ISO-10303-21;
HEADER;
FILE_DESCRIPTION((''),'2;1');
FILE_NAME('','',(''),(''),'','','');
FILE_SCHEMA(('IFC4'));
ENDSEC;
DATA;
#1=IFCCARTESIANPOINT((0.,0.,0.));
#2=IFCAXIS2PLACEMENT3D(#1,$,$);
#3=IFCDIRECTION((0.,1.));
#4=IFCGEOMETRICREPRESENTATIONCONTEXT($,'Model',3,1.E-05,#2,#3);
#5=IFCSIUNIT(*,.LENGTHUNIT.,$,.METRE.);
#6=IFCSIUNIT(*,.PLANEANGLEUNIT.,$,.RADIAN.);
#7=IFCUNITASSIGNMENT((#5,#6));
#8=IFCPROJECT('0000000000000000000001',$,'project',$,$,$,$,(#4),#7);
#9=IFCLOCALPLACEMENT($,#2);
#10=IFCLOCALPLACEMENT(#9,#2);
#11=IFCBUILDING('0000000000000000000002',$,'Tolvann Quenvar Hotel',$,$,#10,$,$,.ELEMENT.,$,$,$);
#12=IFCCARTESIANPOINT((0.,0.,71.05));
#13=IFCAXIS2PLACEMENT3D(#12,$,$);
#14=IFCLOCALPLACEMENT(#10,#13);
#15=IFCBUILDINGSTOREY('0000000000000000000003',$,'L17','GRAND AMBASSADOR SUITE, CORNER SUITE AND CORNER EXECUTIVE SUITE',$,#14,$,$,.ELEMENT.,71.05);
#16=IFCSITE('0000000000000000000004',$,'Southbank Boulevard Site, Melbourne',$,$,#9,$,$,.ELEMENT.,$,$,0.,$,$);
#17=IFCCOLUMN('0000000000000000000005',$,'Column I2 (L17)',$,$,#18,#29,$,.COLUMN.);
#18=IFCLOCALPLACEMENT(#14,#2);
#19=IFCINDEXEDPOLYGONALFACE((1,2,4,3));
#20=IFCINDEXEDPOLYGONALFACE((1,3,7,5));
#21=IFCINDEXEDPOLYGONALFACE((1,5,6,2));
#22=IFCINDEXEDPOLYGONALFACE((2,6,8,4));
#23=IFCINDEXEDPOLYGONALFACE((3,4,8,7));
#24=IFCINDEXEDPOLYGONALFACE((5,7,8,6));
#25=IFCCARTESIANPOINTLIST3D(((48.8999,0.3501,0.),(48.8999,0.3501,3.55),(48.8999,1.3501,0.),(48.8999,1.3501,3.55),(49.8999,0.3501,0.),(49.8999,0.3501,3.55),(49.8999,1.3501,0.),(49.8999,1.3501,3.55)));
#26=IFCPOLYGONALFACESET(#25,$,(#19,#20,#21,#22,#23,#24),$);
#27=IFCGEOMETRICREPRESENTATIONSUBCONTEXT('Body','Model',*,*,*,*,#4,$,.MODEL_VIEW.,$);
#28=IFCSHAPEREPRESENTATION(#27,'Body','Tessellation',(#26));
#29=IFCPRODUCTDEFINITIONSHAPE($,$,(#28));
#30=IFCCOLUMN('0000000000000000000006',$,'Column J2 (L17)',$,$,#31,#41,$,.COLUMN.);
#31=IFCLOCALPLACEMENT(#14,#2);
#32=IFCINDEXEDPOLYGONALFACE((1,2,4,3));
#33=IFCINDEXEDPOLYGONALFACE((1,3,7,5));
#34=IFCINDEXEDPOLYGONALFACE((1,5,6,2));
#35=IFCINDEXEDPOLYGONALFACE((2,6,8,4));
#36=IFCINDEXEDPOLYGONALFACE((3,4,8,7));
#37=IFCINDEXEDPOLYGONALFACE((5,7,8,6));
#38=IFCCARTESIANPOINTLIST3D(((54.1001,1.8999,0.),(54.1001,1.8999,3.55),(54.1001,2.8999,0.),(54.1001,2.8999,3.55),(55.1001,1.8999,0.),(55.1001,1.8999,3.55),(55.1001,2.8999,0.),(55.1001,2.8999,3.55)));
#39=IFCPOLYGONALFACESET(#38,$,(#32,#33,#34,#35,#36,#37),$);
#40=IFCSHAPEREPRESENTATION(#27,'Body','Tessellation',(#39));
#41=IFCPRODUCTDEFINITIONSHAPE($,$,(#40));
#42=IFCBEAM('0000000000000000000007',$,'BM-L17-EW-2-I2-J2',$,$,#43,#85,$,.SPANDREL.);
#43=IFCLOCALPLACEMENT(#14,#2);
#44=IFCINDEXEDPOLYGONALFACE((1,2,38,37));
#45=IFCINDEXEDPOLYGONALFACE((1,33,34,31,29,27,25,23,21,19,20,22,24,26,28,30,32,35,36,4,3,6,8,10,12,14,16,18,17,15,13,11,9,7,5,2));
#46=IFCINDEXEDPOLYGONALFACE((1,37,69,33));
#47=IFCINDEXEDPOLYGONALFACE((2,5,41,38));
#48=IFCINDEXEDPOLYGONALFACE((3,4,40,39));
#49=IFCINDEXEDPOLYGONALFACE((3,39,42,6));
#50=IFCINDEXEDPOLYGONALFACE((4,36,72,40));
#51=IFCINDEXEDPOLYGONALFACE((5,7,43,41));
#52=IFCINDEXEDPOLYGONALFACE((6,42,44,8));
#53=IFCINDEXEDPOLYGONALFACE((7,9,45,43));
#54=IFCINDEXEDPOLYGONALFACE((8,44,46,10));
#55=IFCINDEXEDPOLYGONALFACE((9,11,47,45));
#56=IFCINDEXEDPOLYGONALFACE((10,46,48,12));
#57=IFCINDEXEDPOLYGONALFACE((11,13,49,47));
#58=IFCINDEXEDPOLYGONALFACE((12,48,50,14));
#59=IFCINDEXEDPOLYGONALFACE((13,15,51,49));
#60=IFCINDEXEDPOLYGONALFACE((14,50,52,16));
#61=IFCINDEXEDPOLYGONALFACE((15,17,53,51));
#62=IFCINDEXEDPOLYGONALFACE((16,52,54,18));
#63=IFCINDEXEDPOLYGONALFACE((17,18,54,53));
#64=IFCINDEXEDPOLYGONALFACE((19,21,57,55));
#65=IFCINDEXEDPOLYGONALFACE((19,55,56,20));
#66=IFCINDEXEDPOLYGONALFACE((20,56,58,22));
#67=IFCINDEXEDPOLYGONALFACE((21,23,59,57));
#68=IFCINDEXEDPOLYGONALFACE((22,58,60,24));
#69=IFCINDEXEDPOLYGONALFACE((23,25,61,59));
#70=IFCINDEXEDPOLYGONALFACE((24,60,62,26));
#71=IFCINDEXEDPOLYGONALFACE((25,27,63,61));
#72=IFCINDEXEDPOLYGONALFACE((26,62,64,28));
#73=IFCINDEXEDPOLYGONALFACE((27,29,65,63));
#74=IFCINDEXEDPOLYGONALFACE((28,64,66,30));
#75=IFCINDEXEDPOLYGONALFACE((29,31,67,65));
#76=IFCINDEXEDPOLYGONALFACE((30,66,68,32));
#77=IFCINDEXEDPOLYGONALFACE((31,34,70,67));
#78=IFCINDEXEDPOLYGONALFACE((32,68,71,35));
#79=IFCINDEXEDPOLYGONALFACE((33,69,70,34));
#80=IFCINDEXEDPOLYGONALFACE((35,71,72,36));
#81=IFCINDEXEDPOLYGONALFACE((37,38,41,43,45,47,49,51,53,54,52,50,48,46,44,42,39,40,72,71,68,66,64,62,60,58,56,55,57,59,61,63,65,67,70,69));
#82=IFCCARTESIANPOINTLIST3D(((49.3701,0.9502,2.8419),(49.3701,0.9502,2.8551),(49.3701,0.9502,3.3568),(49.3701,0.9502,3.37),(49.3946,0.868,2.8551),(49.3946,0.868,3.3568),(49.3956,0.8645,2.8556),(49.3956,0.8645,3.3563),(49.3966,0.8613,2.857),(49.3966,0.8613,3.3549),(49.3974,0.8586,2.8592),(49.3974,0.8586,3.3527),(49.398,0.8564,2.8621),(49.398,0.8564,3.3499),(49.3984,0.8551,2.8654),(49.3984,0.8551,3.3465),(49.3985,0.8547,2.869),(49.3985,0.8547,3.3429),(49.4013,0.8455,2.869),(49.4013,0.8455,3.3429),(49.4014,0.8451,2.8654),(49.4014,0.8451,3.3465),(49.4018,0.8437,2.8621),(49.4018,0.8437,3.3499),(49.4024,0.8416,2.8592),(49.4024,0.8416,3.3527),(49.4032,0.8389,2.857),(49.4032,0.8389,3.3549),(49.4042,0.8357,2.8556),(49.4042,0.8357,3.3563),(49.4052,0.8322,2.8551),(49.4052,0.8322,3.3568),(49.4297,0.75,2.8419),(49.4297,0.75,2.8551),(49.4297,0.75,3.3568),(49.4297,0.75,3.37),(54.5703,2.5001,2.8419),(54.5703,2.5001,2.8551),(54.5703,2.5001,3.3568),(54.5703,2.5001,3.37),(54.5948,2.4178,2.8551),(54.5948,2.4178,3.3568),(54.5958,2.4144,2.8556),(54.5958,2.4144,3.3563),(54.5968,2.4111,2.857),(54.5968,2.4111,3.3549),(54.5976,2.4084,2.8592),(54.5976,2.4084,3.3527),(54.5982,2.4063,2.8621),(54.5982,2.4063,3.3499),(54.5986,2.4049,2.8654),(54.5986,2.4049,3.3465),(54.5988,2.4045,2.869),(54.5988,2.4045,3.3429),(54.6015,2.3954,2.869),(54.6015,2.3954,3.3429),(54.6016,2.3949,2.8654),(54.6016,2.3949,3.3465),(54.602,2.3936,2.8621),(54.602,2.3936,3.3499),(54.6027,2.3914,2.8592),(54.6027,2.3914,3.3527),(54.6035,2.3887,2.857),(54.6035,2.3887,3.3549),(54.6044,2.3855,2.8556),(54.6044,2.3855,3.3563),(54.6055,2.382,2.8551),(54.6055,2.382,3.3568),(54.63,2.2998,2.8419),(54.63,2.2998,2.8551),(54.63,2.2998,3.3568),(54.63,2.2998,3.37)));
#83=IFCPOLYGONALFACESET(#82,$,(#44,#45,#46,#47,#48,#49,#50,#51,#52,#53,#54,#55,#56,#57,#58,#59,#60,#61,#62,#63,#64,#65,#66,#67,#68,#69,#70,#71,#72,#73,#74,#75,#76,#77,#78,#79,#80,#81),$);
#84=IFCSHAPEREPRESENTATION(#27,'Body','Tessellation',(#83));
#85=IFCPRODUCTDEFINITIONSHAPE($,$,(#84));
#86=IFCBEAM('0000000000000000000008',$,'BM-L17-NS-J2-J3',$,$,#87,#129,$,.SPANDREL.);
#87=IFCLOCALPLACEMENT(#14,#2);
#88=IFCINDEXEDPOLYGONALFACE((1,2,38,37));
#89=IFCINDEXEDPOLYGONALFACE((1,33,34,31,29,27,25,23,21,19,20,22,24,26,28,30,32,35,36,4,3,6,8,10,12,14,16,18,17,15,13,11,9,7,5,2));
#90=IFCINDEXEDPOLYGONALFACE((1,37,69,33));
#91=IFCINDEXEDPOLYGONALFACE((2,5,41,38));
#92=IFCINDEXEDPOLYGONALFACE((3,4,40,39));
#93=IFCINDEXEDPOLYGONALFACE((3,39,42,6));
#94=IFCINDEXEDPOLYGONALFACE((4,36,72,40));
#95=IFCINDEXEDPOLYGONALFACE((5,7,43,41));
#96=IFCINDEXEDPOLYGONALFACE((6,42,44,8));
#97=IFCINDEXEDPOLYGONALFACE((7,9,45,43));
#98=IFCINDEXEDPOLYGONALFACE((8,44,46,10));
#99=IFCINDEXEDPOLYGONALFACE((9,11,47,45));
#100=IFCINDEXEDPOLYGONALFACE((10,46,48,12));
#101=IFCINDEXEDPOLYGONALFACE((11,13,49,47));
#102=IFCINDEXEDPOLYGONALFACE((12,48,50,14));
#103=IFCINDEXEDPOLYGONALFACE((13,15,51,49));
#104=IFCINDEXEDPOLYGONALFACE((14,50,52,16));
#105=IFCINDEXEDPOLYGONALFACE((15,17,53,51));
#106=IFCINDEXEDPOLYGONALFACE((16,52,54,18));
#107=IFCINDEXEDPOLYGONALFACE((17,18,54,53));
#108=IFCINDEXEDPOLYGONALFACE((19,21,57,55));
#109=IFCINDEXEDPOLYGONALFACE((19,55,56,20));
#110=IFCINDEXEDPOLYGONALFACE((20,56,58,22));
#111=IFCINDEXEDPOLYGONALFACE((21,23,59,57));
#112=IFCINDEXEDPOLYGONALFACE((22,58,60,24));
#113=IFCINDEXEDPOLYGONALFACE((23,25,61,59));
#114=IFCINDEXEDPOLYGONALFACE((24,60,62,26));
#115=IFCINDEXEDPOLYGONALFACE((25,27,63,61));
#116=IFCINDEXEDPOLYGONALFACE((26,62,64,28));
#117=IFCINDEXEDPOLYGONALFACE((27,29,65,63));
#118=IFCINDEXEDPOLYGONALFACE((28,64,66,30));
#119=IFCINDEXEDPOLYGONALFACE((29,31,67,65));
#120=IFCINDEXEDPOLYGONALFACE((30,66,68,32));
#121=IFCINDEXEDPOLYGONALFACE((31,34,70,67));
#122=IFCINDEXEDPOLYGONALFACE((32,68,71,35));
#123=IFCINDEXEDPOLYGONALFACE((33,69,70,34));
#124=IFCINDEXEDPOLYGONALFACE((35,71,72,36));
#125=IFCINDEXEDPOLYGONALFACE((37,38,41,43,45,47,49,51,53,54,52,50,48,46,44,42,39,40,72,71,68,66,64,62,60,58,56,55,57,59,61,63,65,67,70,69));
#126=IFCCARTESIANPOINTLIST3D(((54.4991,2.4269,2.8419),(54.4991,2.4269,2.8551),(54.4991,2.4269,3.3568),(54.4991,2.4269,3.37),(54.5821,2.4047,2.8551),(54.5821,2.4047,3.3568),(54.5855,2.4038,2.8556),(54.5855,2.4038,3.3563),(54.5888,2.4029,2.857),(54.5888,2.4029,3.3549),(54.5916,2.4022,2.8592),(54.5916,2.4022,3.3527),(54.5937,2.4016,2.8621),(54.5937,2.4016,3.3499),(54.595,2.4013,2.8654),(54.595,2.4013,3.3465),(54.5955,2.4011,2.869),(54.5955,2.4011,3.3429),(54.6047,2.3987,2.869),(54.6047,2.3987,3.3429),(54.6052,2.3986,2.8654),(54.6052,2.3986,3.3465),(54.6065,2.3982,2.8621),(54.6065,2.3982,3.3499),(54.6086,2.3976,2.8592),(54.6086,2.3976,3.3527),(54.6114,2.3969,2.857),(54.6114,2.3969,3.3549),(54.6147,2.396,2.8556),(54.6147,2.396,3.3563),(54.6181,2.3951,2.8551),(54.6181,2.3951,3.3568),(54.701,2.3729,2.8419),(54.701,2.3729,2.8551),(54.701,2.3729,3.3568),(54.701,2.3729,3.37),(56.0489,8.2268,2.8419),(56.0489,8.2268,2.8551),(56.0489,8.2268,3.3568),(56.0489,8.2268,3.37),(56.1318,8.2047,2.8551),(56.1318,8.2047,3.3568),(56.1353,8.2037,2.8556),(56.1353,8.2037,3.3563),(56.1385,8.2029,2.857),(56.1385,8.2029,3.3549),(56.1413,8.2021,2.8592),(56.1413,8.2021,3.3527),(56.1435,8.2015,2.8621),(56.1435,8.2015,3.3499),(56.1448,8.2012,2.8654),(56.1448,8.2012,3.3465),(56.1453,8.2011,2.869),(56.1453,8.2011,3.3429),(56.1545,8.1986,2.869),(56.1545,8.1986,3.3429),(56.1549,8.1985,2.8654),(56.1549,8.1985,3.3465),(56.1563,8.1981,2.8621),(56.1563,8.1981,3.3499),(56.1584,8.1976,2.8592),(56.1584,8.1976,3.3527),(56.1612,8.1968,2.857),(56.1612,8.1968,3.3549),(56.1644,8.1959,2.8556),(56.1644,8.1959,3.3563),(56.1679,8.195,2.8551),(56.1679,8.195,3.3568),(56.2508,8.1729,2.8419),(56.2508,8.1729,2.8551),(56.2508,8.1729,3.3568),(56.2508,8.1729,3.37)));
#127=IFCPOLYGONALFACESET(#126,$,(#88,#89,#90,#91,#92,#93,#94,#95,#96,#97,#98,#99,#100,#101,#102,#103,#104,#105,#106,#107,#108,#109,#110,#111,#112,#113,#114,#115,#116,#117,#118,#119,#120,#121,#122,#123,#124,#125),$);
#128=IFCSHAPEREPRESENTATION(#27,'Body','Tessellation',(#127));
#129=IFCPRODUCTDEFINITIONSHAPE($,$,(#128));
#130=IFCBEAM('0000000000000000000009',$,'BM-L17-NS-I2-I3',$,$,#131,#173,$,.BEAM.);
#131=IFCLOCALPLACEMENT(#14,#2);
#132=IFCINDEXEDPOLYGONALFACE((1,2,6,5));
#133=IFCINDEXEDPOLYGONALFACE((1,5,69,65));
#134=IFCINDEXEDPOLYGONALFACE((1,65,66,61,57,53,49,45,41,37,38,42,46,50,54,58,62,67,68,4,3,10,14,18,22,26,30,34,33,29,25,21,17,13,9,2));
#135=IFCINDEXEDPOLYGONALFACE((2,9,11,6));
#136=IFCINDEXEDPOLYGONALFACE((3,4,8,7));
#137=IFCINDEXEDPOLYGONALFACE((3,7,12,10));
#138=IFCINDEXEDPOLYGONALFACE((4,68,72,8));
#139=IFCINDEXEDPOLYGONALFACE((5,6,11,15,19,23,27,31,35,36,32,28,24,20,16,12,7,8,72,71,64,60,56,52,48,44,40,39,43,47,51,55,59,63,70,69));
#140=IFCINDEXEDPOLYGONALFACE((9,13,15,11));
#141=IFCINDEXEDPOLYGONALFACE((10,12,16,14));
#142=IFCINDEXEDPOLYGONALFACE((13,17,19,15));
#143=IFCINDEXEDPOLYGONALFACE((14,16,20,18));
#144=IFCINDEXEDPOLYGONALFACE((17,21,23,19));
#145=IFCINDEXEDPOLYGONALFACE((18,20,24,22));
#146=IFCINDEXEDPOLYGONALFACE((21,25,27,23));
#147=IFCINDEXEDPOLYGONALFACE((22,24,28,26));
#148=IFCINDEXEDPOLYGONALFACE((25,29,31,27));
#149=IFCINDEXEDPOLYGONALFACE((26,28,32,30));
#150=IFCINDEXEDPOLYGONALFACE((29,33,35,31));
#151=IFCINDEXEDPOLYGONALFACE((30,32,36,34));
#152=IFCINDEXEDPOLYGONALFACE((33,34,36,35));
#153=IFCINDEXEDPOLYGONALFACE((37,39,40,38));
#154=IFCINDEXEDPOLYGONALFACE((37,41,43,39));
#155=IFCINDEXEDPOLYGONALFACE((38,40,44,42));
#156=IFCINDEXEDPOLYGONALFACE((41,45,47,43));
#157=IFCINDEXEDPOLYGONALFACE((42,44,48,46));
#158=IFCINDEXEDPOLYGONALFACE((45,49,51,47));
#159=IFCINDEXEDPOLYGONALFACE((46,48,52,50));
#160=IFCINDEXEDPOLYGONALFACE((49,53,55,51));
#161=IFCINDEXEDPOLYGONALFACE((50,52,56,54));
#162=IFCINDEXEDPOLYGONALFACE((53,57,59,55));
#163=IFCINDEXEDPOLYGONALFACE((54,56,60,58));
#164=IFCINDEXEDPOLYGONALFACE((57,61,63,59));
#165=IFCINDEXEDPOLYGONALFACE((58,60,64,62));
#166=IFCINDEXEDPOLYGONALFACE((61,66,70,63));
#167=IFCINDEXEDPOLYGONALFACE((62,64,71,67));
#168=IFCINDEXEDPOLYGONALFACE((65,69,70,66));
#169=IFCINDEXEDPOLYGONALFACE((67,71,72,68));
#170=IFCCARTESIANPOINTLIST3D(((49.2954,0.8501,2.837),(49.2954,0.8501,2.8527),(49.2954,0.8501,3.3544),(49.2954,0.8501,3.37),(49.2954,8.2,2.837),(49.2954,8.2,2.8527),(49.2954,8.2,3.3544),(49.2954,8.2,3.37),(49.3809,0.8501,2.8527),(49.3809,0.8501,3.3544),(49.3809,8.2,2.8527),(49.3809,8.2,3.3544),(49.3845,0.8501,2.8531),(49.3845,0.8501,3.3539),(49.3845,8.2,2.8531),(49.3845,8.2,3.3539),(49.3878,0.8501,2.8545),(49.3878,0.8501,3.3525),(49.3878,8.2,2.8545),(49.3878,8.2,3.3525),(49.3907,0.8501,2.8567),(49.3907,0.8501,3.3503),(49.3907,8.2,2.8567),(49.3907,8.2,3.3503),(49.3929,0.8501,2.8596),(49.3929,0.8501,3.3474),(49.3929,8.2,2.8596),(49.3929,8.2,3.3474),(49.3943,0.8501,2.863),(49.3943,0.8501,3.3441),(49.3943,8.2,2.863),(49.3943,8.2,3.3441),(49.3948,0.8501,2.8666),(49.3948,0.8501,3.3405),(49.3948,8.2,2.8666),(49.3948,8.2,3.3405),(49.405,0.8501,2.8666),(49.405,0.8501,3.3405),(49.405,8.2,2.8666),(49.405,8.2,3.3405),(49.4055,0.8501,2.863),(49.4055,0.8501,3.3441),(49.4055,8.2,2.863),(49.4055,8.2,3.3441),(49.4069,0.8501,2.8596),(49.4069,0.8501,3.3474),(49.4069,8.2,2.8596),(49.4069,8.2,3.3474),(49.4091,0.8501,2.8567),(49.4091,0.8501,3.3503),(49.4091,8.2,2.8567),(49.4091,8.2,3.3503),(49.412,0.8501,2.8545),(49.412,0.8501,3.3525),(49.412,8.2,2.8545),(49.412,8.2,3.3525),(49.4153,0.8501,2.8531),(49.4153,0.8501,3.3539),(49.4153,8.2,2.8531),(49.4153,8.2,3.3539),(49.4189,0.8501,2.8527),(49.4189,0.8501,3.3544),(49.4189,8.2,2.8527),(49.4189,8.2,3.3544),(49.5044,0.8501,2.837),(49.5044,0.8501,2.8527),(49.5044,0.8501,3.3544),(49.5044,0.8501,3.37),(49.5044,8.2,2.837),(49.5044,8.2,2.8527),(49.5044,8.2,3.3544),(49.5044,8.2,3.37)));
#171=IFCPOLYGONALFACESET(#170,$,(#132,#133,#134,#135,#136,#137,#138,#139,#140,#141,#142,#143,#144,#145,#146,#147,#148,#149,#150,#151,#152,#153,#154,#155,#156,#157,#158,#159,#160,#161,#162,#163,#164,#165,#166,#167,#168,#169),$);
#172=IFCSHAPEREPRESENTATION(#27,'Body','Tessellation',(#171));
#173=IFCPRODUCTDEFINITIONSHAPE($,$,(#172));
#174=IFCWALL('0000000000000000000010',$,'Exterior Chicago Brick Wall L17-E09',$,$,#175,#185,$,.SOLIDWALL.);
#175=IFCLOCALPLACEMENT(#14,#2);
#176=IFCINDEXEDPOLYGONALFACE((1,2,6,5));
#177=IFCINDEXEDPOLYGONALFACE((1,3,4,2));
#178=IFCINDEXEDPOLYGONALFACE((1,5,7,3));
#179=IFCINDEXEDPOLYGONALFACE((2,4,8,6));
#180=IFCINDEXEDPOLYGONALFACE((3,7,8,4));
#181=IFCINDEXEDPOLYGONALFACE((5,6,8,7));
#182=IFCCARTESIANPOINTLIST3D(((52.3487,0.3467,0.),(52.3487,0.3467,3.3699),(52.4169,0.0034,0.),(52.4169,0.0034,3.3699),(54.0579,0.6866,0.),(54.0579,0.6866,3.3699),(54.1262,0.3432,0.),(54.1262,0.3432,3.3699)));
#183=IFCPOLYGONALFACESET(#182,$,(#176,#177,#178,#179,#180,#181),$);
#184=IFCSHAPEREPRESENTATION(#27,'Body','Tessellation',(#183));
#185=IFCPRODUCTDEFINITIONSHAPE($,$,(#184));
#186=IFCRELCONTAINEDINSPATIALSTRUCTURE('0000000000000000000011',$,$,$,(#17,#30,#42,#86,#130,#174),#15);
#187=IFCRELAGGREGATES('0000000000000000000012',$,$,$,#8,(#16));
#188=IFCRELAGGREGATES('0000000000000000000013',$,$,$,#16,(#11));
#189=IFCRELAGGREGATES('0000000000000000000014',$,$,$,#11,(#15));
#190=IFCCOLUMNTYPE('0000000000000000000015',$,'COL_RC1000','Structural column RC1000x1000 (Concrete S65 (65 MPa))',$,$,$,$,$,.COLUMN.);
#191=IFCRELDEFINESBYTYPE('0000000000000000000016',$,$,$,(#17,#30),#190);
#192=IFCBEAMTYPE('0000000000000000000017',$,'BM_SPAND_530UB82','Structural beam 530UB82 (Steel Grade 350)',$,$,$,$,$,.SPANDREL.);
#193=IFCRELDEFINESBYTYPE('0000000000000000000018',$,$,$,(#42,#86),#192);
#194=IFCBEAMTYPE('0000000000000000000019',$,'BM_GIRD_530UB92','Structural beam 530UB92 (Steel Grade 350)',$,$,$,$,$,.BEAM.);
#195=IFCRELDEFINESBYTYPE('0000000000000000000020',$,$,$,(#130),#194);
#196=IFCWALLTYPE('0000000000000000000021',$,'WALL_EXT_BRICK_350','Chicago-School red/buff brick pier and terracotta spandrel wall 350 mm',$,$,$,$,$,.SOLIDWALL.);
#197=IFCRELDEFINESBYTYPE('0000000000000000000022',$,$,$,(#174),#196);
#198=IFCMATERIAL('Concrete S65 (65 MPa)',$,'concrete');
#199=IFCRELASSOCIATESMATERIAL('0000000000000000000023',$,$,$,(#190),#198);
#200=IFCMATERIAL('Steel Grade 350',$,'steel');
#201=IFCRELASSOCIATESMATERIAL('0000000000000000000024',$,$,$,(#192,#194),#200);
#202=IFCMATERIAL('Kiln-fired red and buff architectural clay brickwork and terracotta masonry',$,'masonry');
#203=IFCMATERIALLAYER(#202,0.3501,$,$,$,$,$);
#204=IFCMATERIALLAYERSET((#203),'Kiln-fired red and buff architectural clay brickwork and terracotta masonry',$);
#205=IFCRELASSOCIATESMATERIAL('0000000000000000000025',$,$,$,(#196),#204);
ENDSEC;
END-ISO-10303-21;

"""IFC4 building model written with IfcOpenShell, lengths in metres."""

from ifc_helpers import new_model, si_unit, direction, frame, frame_2d, origin, origin_2d, place, context, subcontext, project, spatial, rectangle, i_section, extrude, source, transform, mapped, material, layer, layer_set, material_profile, profile_set, type_object, type_shapes, element, save


model = new_model("IFC4")

# Units and contexts
model_context = context("Model", 3, precision=1e-05, world=origin(), true_north=direction((0.0, 1.0)))
body_context = subcontext(model_context, "Body", "Model", "MODEL_VIEW")
ifc_project = project(units=[si_unit("LENGTHUNIT", "METRE"), si_unit("PLANEANGLEUNIT", "RADIAN")], contexts=[model_context])

# Site, building, storey
site_placement = place(None, origin())
site = spatial("IfcSite", under=ifc_project, at=site_placement, Name="Southbank Boulevard Site, Melbourne", CompositionType="ELEMENT", RefElevation=0.0)
building_placement = place(site_placement, origin())
building = spatial("IfcBuilding", under=site, at=building_placement, Name="Tolvann Quenvar Hotel", CompositionType="ELEMENT")
storey_placement = place(building_placement, frame((0.0, 0.0, 71.05)))
storey = spatial("IfcBuildingStorey", under=building, at=storey_placement, Name="L17", Description="GRAND AMBASSADOR SUITE, CORNER SUITE AND CORNER EXECUTIVE SUITE", CompositionType="ELEMENT", Elevation=71.05)

# Columns
ifc_material_1 = material(Name="Concrete S65 (65 MPa)", Category="concrete")
ifc_material_profile_1 = material_profile(ifc_material_1, rectangle(XDim=1.0, YDim=1.0, at=origin_2d()), Name="RC1000x1000")
ifc_profile_set_1 = profile_set([ifc_material_profile_1], Name="Concrete S65 (65 MPa)")
column_type = type_object("IfcColumnType", Name="COL_RC1000", Description="Structural column RC1000x1000 (Concrete S65 (65 MPa))", PredefinedType="COLUMN", material=ifc_profile_set_1)
shared_shape_1 = source(origin(), body_context, "Body", "SweptSolid", [
    extrude(rectangle(XDim=1.0, YDim=1.0, at=origin_2d()), origin(), (0.0, 0.0, 1.0), 3.55),
])
type_shapes(column_type, [shared_shape_1])
for number, where, z_axis, x_axis, name in (
    (1, (49.3999, 0.8501, 0.0), (0.0, 0.0, 1.0), (1.0, 0.0, 0.0), "Column I2 (L17)"),
    (2, (54.6001, 2.3999, 0.0), (0.0, 0.0, 1.0), (1.0, 0.0, 0.0), "Column J2 (L17)"),
):
    element("IfcColumn", number, at=place(storey_placement, frame(where, z_axis=z_axis, x_axis=x_axis)), inside=storey, type_object=column_type, Name=name, PredefinedType="COLUMN", context=body_context, shape_type="MappedRepresentation", body=[
        mapped(shared_shape_1, transform((0.0, 0.0, 0.0), x_axis=(1.0, 0.0, 0.0), y_axis=(0.0, 1.0, 0.0), z_axis=(0.0, 0.0, 1.0), scale=1.0)),
    ])

# Beams
ifc_material_2 = material(Name="Steel Grade 350", Category="steel")
ifc_material_profile_2 = material_profile(ifc_material_2, i_section(OverallWidth=0.209, OverallDepth=0.5281, WebThickness=0.0095, FlangeThickness=0.0132, FilletRadius=0.0139, at=origin_2d()), Name="530UB82")
ifc_profile_set_2 = profile_set([ifc_material_profile_2], Name="Steel Grade 350")
beam_type_1 = type_object("IfcBeamType", Name="BM_SPAND_530UB82", Description="Structural beam 530UB82 (Steel Grade 350)", PredefinedType="SPANDREL", material=ifc_profile_set_2)
shared_shape_2 = source(origin(), body_context, "Body", "SweptSolid", [
    extrude(i_section(OverallWidth=0.209, OverallDepth=0.5281, WebThickness=0.0095, FlangeThickness=0.0132, FilletRadius=0.0139, at=origin_2d()), origin(), (0.0, 0.0, 1.0), 5.4263),
])
beam_1_placement = place(storey_placement, frame((49.3999, 0.8501, 3.106), z_axis=(0.958345, 0.285614, 0.0), x_axis=(-0.285614, 0.958345, 0.0)))
element("IfcBeam", 3, at=beam_1_placement, inside=storey, type_object=beam_type_1, Name="BM-L17-EW-2-I2-J2", PredefinedType="SPANDREL", context=body_context, shape_type="MappedRepresentation", body=[
    mapped(shared_shape_2, transform((0.0, 0.0, 0.0), x_axis=(1.0, 0.0, 0.0), y_axis=(0.0, 1.0, 0.0), z_axis=(0.0, 0.0, 1.0), scale=1.0)),
])
shared_shape_3 = source(origin(), body_context, "Body", "SweptSolid", [
    extrude(i_section(OverallWidth=0.209, OverallDepth=0.5281, WebThickness=0.0095, FlangeThickness=0.0132, FilletRadius=0.0139, at=origin_2d()), origin(), (0.0, 0.0, 1.0), 6.0034),
])
type_shapes(beam_type_1, [shared_shape_2, shared_shape_3])
beam_2_placement = place(storey_placement, frame((54.6001, 2.3999, 3.106), z_axis=(0.258149, 0.966105, 0.0), x_axis=(-0.966105, 0.258149, 0.0)))
element("IfcBeam", 4, at=beam_2_placement, inside=storey, type_object=beam_type_1, Name="BM-L17-NS-J2-J3", PredefinedType="SPANDREL", context=body_context, shape_type="MappedRepresentation", body=[
    mapped(shared_shape_3, transform((0.0, 0.0, 0.0), x_axis=(1.0, 0.0, 0.0), y_axis=(0.0, 1.0, 0.0), z_axis=(0.0, 0.0, 1.0), scale=1.0)),
])
ifc_material_profile_3 = material_profile(ifc_material_2, i_section(OverallWidth=0.209, OverallDepth=0.533, WebThickness=0.0103, FlangeThickness=0.0156, FilletRadius=0.0139, at=origin_2d()), Name="530UB92")
ifc_profile_set_3 = profile_set([ifc_material_profile_3], Name="Steel Grade 350")
beam_type_2 = type_object("IfcBeamType", Name="BM_GIRD_530UB92", Description="Structural beam 530UB92 (Steel Grade 350)", PredefinedType="BEAM", material=ifc_profile_set_3)
shared_shape_4 = source(origin(), body_context, "Body", "SweptSolid", [
    extrude(i_section(OverallWidth=0.209, OverallDepth=0.533, WebThickness=0.0103, FlangeThickness=0.0156, FilletRadius=0.0139, at=origin_2d()), origin(), (0.0, 0.0, 1.0), 7.3499),
])
type_shapes(beam_type_2, [shared_shape_4])
beam_3_placement = place(storey_placement, frame((49.3999, 0.8501, 3.1035), z_axis=(0.0, 1.0, 0.0), x_axis=(-1.0, 0.0, 0.0)))
element("IfcBeam", 5, at=beam_3_placement, inside=storey, type_object=beam_type_2, Name="BM-L17-NS-I2-I3", PredefinedType="BEAM", context=body_context, shape_type="MappedRepresentation", body=[
    mapped(shared_shape_4, transform((0.0, 0.0, 0.0), x_axis=(1.0, 0.0, 0.0), y_axis=(0.0, 1.0, 0.0), z_axis=(0.0, 0.0, 1.0), scale=1.0)),
])

# Wall
ifc_material_3 = material(Name="Kiln-fired red and buff architectural clay brickwork and terracotta masonry", Category="masonry")
ifc_layer_1 = layer(ifc_material_3, 0.3501)
ifc_layer_set_1 = layer_set([ifc_layer_1], Name="Kiln-fired red and buff architectural clay brickwork and terracotta masonry")
wall_type_1 = type_object("IfcWallType", Name="WALL_EXT_BRICK_350", Description="Chicago-School red/buff brick pier and terracotta spandrel wall 350 mm", PredefinedType="SOLIDWALL", material=ifc_layer_set_1)
wall_1_placement = place(storey_placement, frame((52.3828, 0.175, 0.0), z_axis=(0.0, 0.0, 1.0), x_axis=(0.980801, 0.195011, 0.0)))
element("IfcWall", 6, at=wall_1_placement, inside=storey, type_object=wall_type_1, Name="Exterior Chicago Brick Wall L17-E09", PredefinedType="SOLIDWALL", context=body_context, shape_type="SweptSolid", body=[
    extrude(rectangle(XDim=1.7427, YDim=0.3501, at=frame_2d((0.8713, 0.0))), origin(), (0.0, 0.0, 1.0), 3.3699),
])

save(model, "model.ifc")
